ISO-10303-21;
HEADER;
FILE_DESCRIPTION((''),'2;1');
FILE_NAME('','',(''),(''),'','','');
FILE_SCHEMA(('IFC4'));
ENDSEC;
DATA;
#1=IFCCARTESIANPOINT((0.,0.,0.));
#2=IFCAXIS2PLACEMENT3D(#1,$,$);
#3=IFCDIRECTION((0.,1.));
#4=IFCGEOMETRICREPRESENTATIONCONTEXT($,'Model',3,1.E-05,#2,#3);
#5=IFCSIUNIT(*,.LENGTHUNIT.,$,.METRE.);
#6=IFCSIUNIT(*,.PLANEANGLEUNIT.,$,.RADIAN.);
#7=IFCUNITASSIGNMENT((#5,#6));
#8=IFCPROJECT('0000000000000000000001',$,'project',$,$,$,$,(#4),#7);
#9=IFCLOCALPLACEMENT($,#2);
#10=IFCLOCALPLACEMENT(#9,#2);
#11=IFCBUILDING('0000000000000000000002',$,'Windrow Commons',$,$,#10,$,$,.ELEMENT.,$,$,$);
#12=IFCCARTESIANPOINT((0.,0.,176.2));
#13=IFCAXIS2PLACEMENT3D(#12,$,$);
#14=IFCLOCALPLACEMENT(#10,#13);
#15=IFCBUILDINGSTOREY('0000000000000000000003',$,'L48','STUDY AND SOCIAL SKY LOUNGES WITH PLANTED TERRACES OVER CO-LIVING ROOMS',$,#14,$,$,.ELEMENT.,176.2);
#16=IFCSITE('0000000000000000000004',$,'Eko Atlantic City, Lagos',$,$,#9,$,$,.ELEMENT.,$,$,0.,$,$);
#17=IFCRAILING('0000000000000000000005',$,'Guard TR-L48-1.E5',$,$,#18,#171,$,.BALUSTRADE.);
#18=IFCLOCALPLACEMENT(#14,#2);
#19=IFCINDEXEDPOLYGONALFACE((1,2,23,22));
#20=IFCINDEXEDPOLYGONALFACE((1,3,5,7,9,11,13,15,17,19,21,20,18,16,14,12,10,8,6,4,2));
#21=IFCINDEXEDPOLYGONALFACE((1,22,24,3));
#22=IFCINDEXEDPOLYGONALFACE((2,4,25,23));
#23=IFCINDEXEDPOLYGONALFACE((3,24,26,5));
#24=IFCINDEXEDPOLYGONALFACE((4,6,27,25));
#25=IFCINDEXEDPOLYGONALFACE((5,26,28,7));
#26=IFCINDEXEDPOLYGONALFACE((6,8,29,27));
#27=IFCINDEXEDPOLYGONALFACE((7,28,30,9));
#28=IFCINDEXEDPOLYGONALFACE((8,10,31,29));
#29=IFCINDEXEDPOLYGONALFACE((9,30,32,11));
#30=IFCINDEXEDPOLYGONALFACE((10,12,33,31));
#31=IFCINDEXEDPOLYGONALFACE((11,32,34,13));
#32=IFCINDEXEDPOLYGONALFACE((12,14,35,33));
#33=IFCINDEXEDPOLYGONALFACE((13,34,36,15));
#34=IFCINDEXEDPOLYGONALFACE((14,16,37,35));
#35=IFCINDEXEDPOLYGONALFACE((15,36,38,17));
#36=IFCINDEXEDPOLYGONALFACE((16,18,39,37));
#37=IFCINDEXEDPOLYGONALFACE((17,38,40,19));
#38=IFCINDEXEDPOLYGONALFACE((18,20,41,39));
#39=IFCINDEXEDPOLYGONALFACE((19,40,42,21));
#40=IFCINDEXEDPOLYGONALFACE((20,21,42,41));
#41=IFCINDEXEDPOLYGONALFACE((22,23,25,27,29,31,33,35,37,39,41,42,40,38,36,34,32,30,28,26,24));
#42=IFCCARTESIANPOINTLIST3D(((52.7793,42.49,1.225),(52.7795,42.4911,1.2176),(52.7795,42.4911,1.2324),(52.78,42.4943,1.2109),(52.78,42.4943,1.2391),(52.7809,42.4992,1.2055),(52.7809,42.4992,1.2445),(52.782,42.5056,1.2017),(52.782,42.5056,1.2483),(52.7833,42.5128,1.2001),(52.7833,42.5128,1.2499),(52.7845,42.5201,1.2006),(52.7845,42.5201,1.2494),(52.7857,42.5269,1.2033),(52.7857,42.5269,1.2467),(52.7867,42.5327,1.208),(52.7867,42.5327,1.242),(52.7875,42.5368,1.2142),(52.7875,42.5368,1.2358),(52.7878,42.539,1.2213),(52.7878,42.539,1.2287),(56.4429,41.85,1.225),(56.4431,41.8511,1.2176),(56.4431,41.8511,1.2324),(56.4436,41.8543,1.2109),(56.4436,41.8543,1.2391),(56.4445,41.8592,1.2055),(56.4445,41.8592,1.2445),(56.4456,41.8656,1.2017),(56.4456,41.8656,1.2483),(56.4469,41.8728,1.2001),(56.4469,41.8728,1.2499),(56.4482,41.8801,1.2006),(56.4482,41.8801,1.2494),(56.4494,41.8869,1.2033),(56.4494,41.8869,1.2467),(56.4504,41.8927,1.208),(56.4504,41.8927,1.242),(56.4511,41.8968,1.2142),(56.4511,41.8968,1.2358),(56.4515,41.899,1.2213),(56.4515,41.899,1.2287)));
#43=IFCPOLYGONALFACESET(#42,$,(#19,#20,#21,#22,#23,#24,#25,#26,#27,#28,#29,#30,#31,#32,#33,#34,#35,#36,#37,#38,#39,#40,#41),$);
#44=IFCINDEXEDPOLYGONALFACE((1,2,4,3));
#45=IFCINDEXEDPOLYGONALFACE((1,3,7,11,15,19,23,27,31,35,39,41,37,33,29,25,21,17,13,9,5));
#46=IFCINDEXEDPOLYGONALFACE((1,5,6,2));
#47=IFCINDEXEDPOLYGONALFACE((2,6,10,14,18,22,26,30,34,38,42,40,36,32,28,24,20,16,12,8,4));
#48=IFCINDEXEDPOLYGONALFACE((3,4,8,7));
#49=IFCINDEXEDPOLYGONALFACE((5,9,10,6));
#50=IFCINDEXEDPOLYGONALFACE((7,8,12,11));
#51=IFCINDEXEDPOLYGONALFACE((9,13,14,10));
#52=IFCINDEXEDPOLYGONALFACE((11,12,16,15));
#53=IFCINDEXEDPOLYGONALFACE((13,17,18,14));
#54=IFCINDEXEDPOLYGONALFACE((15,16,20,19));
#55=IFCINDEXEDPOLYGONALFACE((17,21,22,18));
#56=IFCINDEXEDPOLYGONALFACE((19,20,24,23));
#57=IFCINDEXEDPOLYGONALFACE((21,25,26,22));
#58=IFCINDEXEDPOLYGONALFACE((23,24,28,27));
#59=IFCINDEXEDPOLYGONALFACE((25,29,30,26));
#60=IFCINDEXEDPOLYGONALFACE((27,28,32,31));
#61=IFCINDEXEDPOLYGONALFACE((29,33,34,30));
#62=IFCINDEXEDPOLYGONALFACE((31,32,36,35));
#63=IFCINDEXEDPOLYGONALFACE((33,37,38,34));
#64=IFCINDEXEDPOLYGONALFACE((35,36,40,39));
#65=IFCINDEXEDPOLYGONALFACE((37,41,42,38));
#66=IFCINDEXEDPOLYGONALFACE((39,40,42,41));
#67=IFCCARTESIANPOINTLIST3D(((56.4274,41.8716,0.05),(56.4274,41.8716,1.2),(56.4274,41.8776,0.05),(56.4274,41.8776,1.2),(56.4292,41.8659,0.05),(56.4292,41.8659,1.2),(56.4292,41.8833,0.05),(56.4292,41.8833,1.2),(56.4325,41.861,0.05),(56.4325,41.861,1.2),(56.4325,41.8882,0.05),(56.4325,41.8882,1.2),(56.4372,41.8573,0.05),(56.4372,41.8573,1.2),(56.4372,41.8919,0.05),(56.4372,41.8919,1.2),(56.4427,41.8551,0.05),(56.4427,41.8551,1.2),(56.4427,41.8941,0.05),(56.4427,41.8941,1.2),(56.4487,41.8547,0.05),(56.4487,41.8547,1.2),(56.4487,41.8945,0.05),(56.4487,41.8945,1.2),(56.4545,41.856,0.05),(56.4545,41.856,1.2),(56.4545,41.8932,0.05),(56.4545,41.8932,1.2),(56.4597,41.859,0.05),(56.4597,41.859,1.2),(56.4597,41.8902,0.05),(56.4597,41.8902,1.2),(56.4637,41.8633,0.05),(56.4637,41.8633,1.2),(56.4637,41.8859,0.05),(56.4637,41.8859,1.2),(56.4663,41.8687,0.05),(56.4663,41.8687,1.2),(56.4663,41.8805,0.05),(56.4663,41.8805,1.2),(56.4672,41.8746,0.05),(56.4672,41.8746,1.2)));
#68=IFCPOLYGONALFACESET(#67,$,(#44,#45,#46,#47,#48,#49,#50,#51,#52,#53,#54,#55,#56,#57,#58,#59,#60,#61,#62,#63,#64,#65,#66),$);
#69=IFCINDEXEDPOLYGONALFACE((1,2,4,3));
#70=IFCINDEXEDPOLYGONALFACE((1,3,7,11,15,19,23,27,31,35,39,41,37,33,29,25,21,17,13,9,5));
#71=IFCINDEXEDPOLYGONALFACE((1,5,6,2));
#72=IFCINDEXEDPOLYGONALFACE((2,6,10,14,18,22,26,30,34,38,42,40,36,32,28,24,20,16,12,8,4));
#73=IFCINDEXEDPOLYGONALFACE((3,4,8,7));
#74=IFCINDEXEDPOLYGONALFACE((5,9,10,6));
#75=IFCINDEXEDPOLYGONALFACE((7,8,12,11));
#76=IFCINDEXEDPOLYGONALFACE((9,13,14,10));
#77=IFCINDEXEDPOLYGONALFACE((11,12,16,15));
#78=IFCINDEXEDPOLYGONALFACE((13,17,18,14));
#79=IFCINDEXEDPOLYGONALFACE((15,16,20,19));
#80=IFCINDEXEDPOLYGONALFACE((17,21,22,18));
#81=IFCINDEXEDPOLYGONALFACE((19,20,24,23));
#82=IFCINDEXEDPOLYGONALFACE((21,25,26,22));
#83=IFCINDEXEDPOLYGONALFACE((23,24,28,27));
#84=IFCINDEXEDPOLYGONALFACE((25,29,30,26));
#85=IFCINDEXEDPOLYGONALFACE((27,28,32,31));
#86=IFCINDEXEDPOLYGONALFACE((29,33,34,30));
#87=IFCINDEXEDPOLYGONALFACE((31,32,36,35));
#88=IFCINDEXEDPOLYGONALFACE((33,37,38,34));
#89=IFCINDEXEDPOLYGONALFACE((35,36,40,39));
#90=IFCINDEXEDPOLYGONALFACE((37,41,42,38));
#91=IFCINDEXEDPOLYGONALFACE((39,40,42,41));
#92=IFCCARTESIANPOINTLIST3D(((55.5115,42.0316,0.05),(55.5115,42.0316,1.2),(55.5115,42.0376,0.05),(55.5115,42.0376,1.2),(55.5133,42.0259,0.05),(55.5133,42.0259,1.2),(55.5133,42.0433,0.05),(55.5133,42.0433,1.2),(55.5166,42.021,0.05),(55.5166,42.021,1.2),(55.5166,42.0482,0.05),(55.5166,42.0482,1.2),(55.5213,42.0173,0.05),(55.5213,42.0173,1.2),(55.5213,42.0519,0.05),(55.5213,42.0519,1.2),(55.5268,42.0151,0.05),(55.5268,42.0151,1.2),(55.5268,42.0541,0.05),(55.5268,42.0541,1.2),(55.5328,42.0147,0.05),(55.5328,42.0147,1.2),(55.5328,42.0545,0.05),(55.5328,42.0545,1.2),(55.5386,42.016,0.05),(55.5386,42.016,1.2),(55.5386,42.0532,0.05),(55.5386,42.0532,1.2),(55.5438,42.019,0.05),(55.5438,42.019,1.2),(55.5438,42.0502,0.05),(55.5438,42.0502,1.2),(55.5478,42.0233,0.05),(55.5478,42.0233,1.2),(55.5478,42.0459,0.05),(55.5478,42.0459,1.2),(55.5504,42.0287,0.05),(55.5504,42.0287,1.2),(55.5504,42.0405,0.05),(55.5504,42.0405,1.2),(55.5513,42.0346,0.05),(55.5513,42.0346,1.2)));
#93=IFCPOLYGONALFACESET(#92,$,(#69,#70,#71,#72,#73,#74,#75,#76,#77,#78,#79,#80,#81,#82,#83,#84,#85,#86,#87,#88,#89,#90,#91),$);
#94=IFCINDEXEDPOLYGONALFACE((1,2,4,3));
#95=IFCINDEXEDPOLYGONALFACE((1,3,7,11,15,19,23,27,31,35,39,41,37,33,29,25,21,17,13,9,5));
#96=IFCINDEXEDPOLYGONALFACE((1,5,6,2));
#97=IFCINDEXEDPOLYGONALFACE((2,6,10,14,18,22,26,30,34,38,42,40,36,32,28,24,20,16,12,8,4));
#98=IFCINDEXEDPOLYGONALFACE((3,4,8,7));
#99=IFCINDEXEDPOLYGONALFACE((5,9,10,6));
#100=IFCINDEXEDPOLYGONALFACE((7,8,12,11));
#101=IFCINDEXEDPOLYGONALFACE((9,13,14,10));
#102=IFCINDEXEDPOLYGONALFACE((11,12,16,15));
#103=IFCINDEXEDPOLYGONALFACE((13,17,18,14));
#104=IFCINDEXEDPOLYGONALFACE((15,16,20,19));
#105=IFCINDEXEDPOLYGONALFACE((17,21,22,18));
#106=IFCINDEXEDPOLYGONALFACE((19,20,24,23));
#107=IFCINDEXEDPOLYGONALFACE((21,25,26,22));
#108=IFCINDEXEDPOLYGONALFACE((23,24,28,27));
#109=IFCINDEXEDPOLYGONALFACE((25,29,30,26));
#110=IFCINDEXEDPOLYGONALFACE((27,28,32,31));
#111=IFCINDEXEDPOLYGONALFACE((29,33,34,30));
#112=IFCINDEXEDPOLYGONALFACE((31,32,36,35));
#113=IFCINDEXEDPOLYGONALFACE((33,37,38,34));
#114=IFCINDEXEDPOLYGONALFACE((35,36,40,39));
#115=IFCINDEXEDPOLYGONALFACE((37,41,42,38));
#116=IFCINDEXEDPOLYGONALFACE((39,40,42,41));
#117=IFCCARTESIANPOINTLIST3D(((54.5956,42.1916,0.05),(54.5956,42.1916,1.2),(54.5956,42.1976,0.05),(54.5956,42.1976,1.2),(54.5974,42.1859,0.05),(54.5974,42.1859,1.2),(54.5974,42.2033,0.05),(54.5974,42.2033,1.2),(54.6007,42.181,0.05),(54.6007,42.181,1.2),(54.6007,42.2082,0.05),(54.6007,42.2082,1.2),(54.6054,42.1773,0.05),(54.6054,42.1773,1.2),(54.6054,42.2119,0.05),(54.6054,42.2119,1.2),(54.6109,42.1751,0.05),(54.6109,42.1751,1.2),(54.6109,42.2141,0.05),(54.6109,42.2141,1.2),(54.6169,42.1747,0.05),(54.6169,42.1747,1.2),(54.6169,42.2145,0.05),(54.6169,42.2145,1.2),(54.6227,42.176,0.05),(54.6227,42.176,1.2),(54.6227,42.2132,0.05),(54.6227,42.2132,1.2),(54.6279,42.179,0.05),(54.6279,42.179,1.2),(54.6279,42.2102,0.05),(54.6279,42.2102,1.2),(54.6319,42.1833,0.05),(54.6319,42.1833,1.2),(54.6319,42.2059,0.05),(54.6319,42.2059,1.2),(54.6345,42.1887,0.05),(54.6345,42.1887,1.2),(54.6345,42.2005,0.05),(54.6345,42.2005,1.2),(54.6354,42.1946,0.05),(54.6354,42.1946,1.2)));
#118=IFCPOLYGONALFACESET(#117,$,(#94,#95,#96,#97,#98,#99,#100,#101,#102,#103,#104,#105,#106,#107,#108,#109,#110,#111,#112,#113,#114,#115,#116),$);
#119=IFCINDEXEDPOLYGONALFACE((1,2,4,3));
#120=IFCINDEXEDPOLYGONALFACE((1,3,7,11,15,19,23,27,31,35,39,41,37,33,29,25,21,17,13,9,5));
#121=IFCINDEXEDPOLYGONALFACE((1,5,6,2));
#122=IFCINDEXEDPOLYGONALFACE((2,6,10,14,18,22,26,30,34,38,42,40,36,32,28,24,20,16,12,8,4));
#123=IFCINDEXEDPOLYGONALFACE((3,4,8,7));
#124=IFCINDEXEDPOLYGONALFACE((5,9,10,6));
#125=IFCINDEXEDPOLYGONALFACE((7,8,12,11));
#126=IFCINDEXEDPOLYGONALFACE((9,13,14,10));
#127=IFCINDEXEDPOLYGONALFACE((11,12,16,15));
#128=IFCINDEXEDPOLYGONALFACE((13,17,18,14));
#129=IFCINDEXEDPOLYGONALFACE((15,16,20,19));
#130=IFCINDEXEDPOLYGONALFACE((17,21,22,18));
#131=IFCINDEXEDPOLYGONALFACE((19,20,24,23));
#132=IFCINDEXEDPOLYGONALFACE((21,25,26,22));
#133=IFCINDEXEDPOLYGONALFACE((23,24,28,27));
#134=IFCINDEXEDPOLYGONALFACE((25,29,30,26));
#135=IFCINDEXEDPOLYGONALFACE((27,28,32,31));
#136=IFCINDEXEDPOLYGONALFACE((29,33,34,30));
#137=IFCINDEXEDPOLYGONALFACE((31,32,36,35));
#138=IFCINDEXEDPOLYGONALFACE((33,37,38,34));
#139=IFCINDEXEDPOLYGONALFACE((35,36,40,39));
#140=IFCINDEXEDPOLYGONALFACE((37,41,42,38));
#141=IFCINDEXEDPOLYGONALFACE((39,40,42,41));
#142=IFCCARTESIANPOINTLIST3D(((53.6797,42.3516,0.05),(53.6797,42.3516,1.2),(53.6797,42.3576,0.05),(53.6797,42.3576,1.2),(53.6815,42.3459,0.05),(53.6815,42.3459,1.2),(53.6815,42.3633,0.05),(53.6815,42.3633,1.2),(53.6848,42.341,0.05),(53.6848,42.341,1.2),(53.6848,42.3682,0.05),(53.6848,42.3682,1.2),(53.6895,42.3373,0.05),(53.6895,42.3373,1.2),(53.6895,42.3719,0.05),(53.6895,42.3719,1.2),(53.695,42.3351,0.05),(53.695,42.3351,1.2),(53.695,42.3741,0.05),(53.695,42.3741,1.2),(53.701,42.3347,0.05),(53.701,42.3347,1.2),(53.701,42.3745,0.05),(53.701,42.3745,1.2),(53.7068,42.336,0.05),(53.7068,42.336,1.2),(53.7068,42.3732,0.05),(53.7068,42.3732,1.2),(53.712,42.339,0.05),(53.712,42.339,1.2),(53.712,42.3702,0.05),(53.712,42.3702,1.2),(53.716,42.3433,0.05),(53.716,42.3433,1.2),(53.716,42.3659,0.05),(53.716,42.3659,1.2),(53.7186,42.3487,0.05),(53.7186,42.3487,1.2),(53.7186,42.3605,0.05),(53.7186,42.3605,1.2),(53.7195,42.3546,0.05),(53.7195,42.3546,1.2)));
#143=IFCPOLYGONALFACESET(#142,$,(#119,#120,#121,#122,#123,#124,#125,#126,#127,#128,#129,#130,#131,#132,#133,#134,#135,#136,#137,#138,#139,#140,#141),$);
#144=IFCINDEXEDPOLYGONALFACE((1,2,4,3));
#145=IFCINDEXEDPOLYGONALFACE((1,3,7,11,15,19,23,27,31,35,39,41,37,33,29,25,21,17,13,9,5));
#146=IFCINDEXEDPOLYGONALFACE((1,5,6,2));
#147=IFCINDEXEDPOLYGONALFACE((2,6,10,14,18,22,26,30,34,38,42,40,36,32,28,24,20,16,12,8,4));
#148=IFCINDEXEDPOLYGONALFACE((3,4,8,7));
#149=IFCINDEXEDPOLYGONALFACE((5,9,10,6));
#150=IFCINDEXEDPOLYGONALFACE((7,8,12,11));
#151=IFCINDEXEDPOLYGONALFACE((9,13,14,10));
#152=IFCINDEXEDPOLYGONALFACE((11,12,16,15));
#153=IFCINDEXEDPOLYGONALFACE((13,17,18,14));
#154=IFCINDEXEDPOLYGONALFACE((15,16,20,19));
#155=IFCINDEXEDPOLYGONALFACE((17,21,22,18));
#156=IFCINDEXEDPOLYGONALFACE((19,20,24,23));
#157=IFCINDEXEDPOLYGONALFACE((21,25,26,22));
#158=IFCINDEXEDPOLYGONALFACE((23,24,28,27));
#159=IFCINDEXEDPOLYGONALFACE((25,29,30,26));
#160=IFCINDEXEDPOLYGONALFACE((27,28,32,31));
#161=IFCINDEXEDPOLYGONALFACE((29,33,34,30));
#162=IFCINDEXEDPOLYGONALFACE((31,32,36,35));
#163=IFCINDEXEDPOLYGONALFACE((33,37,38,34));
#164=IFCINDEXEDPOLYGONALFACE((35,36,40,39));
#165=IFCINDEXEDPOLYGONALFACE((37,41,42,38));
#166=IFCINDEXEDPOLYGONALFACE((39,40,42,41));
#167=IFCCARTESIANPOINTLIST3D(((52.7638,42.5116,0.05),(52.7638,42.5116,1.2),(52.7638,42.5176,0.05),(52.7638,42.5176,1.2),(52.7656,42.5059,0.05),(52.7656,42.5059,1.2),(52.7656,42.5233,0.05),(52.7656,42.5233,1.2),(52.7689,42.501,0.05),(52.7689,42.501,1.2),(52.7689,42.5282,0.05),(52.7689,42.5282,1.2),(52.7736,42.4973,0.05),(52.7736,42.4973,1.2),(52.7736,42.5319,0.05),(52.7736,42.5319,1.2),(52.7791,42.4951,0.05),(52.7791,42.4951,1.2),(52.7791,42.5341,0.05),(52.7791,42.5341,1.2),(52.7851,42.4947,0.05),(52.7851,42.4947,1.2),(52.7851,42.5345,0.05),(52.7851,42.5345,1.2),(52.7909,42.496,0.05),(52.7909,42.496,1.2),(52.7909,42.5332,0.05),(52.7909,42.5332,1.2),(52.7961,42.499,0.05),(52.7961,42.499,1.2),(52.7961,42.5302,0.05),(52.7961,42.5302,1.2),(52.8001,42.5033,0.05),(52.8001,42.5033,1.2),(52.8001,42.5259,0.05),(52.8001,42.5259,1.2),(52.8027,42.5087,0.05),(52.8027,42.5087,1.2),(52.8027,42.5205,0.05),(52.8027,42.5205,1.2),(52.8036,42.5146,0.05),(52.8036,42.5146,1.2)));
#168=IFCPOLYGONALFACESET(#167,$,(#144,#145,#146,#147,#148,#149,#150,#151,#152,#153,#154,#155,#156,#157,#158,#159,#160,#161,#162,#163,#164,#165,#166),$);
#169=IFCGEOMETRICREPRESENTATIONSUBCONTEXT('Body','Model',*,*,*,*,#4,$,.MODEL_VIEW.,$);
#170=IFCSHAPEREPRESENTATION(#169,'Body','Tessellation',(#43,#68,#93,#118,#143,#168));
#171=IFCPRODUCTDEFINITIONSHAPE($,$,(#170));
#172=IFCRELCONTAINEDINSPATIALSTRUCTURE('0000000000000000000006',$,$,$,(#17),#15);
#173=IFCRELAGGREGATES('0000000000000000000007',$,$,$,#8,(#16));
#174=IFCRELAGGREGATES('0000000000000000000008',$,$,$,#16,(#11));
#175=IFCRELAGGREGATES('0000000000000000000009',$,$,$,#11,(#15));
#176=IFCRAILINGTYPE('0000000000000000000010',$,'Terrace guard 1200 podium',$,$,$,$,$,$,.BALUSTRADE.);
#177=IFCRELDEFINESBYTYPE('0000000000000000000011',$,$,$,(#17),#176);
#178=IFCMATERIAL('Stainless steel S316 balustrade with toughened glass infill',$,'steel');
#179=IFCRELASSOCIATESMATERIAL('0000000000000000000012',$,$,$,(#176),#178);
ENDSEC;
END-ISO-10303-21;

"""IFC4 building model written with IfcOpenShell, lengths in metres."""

from ifc_helpers import new_model, si_unit, direction, frame, origin, origin_2d, place, context, subcontext, project, spatial, circle, extrude, material, type_object, element, save


model = new_model("IFC4")

# Units and contexts
model_context = context("Model", 3, precision=1e-05, world=origin(), true_north=direction((0.0, 1.0)))
body_context = subcontext(model_context, "Body", "Model", "MODEL_VIEW")
ifc_project = project(units=[si_unit("LENGTHUNIT", "METRE"), si_unit("PLANEANGLEUNIT", "RADIAN")], contexts=[model_context])

# Site, building, storey
site_placement = place(None, origin())
site = spatial("IfcSite", under=ifc_project, at=site_placement, Name="Eko Atlantic City, Lagos", CompositionType="ELEMENT", RefElevation=0.0)
building_placement = place(site_placement, origin())
building = spatial("IfcBuilding", under=site, at=building_placement, Name="Windrow Commons", CompositionType="ELEMENT")
storey_placement = place(building_placement, frame((0.0, 0.0, 176.2)))
storey = spatial("IfcBuildingStorey", under=building, at=storey_placement, Name="L48", Description="STUDY AND SOCIAL SKY LOUNGES WITH PLANTED TERRACES OVER CO-LIVING ROOMS", CompositionType="ELEMENT", Elevation=176.2)

# Railing
ifc_material_1 = material(Name="Stainless steel S316 balustrade with toughened glass infill", Category="steel")
railing_type = type_object("IfcRailingType", Name="Terrace guard 1200 podium", PredefinedType="BALUSTRADE", material=ifc_material_1)
railing_1_placement = place(storey_placement, frame((56.4472, 41.8746, 0.05)))
element("IfcRailing", 1, at=railing_1_placement, inside=storey, type_object=railing_type, Name="Guard TR-L48-1.E5", PredefinedType="BALUSTRADE", context=body_context, shape_type="SweptSolid", body=[
    extrude(circle(Radius=0.025, at=origin_2d()), frame((0.0, 0.0, 1.175), z_axis=(-0.985082, 0.172086, 0.0), x_axis=(-0.172086, -0.985082, 0.0)), (0.0, 0.0, 1.0), 3.7191),
    extrude(circle(Radius=0.02, at=origin_2d()), origin(), (0.0, 0.0, 1.0), 1.15),
    extrude(circle(Radius=0.02, at=origin_2d()), frame((-0.9159, 0.16, 0.0)), (0.0, 0.0, 1.0), 1.15),
    extrude(circle(Radius=0.02, at=origin_2d()), frame((-1.8318, 0.32, 0.0)), (0.0, 0.0, 1.0), 1.15),
    extrude(circle(Radius=0.02, at=origin_2d()), frame((-2.7477, 0.48, 0.0)), (0.0, 0.0, 1.0), 1.15),
    extrude(circle(Radius=0.02, at=origin_2d()), frame((-3.6636, 0.64, 0.0)), (0.0, 0.0, 1.0), 1.15),
])

save(model, "model.ifc")
